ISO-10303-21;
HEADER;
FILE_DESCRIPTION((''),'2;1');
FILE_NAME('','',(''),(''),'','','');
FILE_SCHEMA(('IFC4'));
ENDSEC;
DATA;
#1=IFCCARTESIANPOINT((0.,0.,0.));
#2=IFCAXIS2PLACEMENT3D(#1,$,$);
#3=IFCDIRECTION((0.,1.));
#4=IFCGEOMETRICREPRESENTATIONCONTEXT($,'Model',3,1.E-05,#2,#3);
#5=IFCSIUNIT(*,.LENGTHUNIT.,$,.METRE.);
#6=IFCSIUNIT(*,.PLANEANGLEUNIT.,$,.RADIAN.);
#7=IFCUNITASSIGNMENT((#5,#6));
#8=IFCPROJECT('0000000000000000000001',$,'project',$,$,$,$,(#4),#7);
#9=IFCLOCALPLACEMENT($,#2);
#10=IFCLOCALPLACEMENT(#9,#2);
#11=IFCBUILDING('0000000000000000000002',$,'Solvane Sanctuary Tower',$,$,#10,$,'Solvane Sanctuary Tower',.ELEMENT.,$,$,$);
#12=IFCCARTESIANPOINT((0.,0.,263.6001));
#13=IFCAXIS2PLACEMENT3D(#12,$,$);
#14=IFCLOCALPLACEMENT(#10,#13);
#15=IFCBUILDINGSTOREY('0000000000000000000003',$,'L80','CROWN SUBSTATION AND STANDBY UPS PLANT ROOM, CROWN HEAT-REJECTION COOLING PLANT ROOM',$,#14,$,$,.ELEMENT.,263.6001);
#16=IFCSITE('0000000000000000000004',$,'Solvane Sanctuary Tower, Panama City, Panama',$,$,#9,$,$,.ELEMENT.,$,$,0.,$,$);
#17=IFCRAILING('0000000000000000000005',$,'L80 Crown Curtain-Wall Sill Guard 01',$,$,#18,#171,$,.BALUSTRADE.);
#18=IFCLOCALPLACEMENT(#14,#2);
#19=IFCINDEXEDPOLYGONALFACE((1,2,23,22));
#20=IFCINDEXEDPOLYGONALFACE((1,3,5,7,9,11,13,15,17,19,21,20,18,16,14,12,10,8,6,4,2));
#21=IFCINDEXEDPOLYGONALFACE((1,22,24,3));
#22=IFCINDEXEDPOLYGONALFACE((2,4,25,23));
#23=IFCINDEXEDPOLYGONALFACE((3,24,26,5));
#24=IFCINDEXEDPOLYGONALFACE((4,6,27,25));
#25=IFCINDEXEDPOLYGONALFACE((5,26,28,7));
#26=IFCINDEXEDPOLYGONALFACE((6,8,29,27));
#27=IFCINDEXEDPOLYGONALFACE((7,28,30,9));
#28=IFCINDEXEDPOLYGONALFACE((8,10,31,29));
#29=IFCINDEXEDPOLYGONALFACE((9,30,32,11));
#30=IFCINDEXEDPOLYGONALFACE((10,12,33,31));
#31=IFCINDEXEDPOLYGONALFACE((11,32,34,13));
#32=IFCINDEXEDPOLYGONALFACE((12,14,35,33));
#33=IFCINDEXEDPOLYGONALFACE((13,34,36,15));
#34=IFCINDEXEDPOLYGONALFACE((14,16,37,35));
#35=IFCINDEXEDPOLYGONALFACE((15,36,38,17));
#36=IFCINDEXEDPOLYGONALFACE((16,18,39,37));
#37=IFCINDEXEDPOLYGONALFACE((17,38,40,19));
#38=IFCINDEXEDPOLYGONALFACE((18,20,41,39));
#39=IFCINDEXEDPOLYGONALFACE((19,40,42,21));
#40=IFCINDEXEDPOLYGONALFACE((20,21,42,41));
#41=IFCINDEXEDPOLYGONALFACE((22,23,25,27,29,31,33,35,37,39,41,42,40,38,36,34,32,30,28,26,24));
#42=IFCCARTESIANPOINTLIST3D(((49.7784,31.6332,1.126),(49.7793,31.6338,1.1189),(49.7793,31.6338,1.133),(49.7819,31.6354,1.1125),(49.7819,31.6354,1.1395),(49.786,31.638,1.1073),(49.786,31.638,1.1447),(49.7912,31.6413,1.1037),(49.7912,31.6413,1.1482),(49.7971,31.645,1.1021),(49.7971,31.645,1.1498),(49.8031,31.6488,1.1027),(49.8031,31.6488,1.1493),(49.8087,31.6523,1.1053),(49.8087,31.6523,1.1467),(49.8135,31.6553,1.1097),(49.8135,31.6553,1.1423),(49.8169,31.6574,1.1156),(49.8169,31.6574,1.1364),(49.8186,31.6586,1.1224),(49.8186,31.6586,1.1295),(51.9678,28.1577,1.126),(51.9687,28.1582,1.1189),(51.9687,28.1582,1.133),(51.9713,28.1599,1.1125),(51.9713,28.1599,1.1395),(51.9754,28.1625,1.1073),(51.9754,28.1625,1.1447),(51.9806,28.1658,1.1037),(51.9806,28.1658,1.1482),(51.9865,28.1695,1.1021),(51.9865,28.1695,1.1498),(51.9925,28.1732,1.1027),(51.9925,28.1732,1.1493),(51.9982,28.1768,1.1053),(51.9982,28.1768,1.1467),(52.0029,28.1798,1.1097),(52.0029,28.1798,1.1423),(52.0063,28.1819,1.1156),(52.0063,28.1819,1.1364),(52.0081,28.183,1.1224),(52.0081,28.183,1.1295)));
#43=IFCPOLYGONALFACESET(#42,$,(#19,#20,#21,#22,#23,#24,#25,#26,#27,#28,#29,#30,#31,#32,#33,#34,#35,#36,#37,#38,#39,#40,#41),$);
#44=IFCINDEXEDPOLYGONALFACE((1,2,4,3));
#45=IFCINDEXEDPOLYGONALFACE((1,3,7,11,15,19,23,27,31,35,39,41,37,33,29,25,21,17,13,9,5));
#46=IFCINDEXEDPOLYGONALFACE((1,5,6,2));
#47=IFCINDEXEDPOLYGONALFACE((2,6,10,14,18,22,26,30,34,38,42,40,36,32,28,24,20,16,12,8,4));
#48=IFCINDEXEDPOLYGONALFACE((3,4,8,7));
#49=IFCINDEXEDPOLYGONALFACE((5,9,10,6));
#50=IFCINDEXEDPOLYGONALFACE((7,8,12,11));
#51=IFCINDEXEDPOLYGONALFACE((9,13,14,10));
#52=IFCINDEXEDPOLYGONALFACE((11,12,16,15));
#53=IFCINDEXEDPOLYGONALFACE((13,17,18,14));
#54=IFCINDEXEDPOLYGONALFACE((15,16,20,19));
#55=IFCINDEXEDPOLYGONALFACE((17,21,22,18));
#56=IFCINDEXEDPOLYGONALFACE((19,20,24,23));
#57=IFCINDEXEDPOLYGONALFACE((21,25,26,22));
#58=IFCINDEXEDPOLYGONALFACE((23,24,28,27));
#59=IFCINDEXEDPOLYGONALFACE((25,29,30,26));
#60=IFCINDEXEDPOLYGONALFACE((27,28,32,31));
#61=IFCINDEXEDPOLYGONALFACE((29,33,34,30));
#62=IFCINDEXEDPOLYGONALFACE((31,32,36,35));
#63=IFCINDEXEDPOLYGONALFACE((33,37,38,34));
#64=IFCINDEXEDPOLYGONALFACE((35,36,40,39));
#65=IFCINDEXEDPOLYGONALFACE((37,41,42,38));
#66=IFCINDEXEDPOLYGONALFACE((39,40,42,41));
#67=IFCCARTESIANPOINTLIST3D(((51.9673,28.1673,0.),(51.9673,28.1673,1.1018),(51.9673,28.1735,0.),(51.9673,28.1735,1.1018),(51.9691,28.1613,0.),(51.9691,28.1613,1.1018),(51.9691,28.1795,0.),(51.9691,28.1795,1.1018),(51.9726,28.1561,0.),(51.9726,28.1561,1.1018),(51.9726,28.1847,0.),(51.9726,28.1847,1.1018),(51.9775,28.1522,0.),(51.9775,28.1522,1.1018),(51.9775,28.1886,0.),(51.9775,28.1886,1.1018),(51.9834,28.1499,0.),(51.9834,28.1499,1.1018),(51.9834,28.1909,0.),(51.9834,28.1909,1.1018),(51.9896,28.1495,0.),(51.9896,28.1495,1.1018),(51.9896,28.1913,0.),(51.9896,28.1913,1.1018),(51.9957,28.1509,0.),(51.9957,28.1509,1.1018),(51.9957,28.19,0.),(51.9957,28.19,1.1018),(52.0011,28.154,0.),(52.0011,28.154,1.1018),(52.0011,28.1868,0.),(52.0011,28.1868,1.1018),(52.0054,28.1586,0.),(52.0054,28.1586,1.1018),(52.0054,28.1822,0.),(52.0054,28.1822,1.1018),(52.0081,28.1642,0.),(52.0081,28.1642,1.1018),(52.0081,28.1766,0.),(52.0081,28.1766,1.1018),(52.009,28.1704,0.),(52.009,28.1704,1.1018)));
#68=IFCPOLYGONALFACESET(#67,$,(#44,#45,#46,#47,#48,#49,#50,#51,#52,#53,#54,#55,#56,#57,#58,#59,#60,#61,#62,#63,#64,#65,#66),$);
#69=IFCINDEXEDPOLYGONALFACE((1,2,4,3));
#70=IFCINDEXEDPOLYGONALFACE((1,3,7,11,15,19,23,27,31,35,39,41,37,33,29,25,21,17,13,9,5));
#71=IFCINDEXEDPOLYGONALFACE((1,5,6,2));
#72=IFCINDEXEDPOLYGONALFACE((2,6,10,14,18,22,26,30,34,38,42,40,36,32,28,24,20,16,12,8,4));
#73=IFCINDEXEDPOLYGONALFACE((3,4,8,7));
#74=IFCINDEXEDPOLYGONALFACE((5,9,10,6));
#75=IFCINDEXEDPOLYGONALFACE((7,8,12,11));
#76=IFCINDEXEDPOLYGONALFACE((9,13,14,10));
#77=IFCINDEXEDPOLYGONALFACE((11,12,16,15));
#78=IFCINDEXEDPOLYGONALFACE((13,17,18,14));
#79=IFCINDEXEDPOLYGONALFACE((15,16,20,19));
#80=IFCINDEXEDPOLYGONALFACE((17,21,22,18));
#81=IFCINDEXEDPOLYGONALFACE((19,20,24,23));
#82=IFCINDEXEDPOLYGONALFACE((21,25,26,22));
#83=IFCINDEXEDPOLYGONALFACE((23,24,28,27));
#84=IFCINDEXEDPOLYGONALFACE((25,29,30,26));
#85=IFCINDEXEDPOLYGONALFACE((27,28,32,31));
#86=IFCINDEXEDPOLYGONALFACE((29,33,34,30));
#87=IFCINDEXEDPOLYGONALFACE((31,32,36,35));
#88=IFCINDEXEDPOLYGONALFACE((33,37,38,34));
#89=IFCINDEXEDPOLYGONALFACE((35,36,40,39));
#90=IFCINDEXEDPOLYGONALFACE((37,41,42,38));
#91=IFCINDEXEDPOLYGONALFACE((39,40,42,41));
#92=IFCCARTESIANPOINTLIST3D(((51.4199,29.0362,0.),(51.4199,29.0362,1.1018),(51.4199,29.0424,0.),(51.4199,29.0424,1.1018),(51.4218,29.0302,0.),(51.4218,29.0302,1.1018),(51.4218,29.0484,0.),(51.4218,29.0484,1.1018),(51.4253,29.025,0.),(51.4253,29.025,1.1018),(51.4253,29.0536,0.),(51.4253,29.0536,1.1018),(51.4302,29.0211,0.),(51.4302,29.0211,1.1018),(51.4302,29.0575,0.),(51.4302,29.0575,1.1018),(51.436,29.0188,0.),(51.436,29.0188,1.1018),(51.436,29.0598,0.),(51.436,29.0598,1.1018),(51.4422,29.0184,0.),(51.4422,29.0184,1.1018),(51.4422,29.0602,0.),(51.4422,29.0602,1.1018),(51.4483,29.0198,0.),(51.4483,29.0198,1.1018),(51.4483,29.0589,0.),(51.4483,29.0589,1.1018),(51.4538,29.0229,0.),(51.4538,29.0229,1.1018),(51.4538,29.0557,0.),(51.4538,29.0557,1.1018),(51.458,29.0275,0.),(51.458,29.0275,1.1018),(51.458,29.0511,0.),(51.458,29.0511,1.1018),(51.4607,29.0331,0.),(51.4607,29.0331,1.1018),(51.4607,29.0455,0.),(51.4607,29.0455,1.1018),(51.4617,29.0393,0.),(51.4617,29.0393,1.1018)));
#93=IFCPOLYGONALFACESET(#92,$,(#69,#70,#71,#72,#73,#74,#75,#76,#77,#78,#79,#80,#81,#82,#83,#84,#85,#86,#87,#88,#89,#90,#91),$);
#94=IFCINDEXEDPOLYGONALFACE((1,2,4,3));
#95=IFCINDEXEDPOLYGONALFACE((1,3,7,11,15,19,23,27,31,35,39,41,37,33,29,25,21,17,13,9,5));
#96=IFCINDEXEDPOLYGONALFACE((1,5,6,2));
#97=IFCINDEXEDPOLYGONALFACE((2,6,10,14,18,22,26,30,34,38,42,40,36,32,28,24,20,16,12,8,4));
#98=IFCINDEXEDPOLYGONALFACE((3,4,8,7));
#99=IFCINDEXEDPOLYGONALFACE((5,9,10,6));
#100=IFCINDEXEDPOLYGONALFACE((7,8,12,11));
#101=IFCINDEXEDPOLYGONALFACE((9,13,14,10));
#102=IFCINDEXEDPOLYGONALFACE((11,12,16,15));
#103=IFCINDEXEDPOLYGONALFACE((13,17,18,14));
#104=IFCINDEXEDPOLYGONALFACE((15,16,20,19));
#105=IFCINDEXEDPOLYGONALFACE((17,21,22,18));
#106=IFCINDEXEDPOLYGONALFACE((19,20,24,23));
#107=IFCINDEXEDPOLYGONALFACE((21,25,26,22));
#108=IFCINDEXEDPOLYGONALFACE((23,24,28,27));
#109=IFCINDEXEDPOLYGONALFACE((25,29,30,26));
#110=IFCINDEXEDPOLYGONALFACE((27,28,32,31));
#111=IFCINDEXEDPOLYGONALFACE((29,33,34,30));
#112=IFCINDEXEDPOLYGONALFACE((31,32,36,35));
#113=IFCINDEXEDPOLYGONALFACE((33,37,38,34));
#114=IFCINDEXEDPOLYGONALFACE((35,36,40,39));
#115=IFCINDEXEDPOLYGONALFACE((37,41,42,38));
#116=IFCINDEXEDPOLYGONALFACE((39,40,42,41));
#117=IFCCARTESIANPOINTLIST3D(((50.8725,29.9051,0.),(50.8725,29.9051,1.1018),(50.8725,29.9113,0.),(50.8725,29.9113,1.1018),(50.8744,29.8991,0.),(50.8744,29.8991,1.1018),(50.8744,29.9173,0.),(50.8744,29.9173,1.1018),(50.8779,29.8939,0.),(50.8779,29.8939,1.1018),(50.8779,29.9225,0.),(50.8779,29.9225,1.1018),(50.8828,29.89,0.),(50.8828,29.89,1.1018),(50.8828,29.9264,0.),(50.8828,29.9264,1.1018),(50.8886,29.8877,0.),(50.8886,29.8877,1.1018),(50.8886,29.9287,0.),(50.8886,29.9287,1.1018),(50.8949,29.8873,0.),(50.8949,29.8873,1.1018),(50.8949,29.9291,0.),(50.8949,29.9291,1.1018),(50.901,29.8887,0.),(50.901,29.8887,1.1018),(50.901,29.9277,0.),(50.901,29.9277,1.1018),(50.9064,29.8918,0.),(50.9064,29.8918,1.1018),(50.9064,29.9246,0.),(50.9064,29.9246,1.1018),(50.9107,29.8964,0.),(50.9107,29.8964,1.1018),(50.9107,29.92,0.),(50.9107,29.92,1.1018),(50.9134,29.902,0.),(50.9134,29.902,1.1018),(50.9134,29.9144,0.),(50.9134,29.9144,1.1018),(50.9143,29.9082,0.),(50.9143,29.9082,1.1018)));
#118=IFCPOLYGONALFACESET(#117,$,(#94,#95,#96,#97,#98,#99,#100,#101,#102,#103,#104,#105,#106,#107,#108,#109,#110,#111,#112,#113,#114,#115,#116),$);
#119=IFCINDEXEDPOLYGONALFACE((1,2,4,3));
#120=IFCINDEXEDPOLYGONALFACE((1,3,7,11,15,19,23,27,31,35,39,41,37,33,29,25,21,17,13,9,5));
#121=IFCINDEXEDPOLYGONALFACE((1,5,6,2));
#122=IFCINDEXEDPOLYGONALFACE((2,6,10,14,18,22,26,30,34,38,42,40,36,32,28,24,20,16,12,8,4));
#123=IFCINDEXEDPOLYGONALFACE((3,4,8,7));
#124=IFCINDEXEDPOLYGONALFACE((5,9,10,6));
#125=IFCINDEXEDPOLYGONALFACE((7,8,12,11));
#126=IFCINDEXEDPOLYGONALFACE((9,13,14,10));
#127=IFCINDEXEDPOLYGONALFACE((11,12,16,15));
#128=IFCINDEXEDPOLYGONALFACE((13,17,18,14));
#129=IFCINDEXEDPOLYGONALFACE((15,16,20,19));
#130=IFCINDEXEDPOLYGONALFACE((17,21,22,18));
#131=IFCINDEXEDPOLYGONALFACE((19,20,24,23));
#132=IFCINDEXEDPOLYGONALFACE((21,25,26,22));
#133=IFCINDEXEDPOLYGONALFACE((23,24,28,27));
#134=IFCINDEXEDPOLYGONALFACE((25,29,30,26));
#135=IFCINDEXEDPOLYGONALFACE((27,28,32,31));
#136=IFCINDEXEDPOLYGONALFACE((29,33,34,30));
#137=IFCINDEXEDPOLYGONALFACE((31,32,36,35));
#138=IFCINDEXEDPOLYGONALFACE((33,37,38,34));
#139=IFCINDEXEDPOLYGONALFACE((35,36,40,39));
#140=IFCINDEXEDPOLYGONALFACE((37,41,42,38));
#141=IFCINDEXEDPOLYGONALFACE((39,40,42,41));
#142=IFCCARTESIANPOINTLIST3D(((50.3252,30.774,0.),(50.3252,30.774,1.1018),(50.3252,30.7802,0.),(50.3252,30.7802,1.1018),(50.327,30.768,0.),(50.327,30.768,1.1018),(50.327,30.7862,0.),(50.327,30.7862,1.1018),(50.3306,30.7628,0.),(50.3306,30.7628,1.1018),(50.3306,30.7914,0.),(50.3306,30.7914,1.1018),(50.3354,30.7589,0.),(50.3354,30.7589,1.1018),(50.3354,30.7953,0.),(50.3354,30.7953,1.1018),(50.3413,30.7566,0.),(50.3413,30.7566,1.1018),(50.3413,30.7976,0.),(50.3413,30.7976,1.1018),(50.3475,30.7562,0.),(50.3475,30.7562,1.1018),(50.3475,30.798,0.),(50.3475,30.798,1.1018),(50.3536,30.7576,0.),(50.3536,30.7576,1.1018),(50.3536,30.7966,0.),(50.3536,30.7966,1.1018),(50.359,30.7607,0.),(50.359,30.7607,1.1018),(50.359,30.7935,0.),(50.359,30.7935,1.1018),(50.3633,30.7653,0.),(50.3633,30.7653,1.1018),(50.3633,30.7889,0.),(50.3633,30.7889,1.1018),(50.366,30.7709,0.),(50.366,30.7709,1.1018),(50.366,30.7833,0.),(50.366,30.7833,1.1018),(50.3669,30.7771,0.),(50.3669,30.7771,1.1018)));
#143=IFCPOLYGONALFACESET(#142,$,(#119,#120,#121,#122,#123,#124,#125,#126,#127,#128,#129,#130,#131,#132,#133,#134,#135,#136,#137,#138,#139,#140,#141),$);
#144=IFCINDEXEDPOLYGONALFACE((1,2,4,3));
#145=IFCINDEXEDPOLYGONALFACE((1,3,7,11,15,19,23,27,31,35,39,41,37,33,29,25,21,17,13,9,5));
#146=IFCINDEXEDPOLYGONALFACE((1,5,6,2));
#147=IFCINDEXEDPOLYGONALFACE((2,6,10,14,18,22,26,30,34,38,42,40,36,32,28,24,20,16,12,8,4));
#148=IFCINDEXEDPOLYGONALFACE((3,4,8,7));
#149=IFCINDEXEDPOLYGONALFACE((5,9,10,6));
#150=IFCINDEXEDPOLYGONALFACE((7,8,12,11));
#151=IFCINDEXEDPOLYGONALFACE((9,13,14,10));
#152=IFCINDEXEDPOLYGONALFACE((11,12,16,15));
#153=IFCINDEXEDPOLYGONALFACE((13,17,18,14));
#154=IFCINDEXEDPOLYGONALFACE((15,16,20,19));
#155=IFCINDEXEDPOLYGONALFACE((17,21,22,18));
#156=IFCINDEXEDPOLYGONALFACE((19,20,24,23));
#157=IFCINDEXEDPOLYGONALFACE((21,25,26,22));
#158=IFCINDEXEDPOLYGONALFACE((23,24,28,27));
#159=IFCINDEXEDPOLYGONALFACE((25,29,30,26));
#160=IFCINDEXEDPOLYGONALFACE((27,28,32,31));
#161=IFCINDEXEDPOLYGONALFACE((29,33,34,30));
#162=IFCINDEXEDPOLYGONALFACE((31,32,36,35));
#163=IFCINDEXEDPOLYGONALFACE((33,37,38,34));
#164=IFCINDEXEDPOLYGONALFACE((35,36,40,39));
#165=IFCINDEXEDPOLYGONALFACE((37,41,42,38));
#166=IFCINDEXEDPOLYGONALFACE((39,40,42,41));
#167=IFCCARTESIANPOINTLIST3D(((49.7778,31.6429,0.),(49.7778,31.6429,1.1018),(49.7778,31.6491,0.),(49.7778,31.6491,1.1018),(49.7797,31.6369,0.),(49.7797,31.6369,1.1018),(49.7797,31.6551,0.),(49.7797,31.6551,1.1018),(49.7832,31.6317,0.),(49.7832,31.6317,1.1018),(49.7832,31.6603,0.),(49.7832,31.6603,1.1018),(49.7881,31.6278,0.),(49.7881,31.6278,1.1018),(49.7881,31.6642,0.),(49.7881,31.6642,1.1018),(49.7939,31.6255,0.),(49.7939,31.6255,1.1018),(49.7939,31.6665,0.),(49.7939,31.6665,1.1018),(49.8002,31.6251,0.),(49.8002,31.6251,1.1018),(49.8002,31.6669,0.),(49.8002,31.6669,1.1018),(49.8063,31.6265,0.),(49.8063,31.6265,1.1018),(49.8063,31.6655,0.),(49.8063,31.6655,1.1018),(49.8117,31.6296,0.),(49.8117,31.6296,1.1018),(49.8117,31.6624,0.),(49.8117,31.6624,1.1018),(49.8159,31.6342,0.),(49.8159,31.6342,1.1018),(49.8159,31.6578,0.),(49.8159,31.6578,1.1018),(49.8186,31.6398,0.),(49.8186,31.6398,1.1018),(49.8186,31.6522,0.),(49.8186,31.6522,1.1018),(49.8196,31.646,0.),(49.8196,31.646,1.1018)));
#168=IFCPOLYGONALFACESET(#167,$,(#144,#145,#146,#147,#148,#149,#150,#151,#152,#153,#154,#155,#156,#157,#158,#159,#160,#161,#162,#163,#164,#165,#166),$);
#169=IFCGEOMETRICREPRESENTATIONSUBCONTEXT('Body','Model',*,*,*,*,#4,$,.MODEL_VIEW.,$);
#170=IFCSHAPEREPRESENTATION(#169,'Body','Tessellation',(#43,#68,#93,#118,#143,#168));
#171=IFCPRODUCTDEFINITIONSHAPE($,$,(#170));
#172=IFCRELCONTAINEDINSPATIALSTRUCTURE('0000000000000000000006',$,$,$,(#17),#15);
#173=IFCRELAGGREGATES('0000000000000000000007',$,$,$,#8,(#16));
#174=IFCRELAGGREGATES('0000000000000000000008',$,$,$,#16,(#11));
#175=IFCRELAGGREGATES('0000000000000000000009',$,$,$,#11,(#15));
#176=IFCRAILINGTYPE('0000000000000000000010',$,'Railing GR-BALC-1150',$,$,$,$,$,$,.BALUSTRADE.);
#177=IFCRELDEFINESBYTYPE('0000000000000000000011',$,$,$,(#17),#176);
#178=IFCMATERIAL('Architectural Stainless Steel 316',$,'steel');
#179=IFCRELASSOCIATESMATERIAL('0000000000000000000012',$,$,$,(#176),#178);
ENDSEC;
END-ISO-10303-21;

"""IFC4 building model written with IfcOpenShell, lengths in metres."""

from ifc_helpers import new_model, si_unit, direction, frame, origin, origin_2d, place, context, subcontext, project, spatial, circle, extrude, material, type_object, element, save


model = new_model("IFC4")

# Units and contexts
model_context = context("Model", 3, precision=1e-05, world=origin(), true_north=direction((0.0, 1.0)))
body_context = subcontext(model_context, "Body", "Model", "MODEL_VIEW")
ifc_project = project(units=[si_unit("LENGTHUNIT", "METRE"), si_unit("PLANEANGLEUNIT", "RADIAN")], contexts=[model_context])

# Site, building, storey
site_placement = place(None, origin())
site = spatial("IfcSite", under=ifc_project, at=site_placement, Name="Solvane Sanctuary Tower, Panama City, Panama", CompositionType="ELEMENT", RefElevation=0.0)
building_placement = place(site_placement, origin())
building = spatial("IfcBuilding", under=site, at=building_placement, Name="Solvane Sanctuary Tower", LongName="Solvane Sanctuary Tower", CompositionType="ELEMENT")
storey_placement = place(building_placement, frame((0.0, 0.0, 263.6001)))
storey = spatial("IfcBuildingStorey", under=building, at=storey_placement, Name="L80", Description="CROWN SUBSTATION AND STANDBY UPS PLANT ROOM, CROWN HEAT-REJECTION COOLING PLANT ROOM", CompositionType="ELEMENT", Elevation=263.6001)

# Shared definitions
ifc_material_1 = material(Name="Architectural Stainless Steel 316", Category="steel")

# Railing
railing_type_1 = type_object("IfcRailingType", Name="Railing GR-BALC-1150", PredefinedType="BALUSTRADE", material=ifc_material_1)
railing_1_placement = place(storey_placement, frame((51.988, 28.1704, 0.0)))
element("IfcRailing", 1, at=railing_1_placement, inside=storey, type_object=railing_type_1, Name="L80 Crown Curtain-Wall Sill Guard 01", PredefinedType="BALUSTRADE", context=body_context, shape_type="SweptSolid", body=[
    extrude(circle(Radius=0.0239, at=origin_2d()), frame((0.0, 0.0, 1.126), z_axis=(-0.533009, 0.84611, 0.0), x_axis=(-0.84611, -0.533009, 0.0)), (0.0, 0.0, 1.0), 4.1077),
    extrude(circle(Radius=0.021, at=origin_2d()), origin(), (0.0, 0.0, 1.0), 1.1018),
    extrude(circle(Radius=0.021, at=origin_2d()), frame((-0.5474, 0.8689, 0.0)), (0.0, 0.0, 1.0), 1.1018),
    extrude(circle(Radius=0.021, at=origin_2d()), frame((-1.0947, 1.7378, 0.0)), (0.0, 0.0, 1.0), 1.1018),
    extrude(circle(Radius=0.021, at=origin_2d()), frame((-1.6421, 2.6067, 0.0)), (0.0, 0.0, 1.0), 1.1018),
    extrude(circle(Radius=0.021, at=origin_2d()), frame((-2.1895, 3.4756, 0.0)), (0.0, 0.0, 1.0), 1.1018),
])

save(model, "model.ifc")
